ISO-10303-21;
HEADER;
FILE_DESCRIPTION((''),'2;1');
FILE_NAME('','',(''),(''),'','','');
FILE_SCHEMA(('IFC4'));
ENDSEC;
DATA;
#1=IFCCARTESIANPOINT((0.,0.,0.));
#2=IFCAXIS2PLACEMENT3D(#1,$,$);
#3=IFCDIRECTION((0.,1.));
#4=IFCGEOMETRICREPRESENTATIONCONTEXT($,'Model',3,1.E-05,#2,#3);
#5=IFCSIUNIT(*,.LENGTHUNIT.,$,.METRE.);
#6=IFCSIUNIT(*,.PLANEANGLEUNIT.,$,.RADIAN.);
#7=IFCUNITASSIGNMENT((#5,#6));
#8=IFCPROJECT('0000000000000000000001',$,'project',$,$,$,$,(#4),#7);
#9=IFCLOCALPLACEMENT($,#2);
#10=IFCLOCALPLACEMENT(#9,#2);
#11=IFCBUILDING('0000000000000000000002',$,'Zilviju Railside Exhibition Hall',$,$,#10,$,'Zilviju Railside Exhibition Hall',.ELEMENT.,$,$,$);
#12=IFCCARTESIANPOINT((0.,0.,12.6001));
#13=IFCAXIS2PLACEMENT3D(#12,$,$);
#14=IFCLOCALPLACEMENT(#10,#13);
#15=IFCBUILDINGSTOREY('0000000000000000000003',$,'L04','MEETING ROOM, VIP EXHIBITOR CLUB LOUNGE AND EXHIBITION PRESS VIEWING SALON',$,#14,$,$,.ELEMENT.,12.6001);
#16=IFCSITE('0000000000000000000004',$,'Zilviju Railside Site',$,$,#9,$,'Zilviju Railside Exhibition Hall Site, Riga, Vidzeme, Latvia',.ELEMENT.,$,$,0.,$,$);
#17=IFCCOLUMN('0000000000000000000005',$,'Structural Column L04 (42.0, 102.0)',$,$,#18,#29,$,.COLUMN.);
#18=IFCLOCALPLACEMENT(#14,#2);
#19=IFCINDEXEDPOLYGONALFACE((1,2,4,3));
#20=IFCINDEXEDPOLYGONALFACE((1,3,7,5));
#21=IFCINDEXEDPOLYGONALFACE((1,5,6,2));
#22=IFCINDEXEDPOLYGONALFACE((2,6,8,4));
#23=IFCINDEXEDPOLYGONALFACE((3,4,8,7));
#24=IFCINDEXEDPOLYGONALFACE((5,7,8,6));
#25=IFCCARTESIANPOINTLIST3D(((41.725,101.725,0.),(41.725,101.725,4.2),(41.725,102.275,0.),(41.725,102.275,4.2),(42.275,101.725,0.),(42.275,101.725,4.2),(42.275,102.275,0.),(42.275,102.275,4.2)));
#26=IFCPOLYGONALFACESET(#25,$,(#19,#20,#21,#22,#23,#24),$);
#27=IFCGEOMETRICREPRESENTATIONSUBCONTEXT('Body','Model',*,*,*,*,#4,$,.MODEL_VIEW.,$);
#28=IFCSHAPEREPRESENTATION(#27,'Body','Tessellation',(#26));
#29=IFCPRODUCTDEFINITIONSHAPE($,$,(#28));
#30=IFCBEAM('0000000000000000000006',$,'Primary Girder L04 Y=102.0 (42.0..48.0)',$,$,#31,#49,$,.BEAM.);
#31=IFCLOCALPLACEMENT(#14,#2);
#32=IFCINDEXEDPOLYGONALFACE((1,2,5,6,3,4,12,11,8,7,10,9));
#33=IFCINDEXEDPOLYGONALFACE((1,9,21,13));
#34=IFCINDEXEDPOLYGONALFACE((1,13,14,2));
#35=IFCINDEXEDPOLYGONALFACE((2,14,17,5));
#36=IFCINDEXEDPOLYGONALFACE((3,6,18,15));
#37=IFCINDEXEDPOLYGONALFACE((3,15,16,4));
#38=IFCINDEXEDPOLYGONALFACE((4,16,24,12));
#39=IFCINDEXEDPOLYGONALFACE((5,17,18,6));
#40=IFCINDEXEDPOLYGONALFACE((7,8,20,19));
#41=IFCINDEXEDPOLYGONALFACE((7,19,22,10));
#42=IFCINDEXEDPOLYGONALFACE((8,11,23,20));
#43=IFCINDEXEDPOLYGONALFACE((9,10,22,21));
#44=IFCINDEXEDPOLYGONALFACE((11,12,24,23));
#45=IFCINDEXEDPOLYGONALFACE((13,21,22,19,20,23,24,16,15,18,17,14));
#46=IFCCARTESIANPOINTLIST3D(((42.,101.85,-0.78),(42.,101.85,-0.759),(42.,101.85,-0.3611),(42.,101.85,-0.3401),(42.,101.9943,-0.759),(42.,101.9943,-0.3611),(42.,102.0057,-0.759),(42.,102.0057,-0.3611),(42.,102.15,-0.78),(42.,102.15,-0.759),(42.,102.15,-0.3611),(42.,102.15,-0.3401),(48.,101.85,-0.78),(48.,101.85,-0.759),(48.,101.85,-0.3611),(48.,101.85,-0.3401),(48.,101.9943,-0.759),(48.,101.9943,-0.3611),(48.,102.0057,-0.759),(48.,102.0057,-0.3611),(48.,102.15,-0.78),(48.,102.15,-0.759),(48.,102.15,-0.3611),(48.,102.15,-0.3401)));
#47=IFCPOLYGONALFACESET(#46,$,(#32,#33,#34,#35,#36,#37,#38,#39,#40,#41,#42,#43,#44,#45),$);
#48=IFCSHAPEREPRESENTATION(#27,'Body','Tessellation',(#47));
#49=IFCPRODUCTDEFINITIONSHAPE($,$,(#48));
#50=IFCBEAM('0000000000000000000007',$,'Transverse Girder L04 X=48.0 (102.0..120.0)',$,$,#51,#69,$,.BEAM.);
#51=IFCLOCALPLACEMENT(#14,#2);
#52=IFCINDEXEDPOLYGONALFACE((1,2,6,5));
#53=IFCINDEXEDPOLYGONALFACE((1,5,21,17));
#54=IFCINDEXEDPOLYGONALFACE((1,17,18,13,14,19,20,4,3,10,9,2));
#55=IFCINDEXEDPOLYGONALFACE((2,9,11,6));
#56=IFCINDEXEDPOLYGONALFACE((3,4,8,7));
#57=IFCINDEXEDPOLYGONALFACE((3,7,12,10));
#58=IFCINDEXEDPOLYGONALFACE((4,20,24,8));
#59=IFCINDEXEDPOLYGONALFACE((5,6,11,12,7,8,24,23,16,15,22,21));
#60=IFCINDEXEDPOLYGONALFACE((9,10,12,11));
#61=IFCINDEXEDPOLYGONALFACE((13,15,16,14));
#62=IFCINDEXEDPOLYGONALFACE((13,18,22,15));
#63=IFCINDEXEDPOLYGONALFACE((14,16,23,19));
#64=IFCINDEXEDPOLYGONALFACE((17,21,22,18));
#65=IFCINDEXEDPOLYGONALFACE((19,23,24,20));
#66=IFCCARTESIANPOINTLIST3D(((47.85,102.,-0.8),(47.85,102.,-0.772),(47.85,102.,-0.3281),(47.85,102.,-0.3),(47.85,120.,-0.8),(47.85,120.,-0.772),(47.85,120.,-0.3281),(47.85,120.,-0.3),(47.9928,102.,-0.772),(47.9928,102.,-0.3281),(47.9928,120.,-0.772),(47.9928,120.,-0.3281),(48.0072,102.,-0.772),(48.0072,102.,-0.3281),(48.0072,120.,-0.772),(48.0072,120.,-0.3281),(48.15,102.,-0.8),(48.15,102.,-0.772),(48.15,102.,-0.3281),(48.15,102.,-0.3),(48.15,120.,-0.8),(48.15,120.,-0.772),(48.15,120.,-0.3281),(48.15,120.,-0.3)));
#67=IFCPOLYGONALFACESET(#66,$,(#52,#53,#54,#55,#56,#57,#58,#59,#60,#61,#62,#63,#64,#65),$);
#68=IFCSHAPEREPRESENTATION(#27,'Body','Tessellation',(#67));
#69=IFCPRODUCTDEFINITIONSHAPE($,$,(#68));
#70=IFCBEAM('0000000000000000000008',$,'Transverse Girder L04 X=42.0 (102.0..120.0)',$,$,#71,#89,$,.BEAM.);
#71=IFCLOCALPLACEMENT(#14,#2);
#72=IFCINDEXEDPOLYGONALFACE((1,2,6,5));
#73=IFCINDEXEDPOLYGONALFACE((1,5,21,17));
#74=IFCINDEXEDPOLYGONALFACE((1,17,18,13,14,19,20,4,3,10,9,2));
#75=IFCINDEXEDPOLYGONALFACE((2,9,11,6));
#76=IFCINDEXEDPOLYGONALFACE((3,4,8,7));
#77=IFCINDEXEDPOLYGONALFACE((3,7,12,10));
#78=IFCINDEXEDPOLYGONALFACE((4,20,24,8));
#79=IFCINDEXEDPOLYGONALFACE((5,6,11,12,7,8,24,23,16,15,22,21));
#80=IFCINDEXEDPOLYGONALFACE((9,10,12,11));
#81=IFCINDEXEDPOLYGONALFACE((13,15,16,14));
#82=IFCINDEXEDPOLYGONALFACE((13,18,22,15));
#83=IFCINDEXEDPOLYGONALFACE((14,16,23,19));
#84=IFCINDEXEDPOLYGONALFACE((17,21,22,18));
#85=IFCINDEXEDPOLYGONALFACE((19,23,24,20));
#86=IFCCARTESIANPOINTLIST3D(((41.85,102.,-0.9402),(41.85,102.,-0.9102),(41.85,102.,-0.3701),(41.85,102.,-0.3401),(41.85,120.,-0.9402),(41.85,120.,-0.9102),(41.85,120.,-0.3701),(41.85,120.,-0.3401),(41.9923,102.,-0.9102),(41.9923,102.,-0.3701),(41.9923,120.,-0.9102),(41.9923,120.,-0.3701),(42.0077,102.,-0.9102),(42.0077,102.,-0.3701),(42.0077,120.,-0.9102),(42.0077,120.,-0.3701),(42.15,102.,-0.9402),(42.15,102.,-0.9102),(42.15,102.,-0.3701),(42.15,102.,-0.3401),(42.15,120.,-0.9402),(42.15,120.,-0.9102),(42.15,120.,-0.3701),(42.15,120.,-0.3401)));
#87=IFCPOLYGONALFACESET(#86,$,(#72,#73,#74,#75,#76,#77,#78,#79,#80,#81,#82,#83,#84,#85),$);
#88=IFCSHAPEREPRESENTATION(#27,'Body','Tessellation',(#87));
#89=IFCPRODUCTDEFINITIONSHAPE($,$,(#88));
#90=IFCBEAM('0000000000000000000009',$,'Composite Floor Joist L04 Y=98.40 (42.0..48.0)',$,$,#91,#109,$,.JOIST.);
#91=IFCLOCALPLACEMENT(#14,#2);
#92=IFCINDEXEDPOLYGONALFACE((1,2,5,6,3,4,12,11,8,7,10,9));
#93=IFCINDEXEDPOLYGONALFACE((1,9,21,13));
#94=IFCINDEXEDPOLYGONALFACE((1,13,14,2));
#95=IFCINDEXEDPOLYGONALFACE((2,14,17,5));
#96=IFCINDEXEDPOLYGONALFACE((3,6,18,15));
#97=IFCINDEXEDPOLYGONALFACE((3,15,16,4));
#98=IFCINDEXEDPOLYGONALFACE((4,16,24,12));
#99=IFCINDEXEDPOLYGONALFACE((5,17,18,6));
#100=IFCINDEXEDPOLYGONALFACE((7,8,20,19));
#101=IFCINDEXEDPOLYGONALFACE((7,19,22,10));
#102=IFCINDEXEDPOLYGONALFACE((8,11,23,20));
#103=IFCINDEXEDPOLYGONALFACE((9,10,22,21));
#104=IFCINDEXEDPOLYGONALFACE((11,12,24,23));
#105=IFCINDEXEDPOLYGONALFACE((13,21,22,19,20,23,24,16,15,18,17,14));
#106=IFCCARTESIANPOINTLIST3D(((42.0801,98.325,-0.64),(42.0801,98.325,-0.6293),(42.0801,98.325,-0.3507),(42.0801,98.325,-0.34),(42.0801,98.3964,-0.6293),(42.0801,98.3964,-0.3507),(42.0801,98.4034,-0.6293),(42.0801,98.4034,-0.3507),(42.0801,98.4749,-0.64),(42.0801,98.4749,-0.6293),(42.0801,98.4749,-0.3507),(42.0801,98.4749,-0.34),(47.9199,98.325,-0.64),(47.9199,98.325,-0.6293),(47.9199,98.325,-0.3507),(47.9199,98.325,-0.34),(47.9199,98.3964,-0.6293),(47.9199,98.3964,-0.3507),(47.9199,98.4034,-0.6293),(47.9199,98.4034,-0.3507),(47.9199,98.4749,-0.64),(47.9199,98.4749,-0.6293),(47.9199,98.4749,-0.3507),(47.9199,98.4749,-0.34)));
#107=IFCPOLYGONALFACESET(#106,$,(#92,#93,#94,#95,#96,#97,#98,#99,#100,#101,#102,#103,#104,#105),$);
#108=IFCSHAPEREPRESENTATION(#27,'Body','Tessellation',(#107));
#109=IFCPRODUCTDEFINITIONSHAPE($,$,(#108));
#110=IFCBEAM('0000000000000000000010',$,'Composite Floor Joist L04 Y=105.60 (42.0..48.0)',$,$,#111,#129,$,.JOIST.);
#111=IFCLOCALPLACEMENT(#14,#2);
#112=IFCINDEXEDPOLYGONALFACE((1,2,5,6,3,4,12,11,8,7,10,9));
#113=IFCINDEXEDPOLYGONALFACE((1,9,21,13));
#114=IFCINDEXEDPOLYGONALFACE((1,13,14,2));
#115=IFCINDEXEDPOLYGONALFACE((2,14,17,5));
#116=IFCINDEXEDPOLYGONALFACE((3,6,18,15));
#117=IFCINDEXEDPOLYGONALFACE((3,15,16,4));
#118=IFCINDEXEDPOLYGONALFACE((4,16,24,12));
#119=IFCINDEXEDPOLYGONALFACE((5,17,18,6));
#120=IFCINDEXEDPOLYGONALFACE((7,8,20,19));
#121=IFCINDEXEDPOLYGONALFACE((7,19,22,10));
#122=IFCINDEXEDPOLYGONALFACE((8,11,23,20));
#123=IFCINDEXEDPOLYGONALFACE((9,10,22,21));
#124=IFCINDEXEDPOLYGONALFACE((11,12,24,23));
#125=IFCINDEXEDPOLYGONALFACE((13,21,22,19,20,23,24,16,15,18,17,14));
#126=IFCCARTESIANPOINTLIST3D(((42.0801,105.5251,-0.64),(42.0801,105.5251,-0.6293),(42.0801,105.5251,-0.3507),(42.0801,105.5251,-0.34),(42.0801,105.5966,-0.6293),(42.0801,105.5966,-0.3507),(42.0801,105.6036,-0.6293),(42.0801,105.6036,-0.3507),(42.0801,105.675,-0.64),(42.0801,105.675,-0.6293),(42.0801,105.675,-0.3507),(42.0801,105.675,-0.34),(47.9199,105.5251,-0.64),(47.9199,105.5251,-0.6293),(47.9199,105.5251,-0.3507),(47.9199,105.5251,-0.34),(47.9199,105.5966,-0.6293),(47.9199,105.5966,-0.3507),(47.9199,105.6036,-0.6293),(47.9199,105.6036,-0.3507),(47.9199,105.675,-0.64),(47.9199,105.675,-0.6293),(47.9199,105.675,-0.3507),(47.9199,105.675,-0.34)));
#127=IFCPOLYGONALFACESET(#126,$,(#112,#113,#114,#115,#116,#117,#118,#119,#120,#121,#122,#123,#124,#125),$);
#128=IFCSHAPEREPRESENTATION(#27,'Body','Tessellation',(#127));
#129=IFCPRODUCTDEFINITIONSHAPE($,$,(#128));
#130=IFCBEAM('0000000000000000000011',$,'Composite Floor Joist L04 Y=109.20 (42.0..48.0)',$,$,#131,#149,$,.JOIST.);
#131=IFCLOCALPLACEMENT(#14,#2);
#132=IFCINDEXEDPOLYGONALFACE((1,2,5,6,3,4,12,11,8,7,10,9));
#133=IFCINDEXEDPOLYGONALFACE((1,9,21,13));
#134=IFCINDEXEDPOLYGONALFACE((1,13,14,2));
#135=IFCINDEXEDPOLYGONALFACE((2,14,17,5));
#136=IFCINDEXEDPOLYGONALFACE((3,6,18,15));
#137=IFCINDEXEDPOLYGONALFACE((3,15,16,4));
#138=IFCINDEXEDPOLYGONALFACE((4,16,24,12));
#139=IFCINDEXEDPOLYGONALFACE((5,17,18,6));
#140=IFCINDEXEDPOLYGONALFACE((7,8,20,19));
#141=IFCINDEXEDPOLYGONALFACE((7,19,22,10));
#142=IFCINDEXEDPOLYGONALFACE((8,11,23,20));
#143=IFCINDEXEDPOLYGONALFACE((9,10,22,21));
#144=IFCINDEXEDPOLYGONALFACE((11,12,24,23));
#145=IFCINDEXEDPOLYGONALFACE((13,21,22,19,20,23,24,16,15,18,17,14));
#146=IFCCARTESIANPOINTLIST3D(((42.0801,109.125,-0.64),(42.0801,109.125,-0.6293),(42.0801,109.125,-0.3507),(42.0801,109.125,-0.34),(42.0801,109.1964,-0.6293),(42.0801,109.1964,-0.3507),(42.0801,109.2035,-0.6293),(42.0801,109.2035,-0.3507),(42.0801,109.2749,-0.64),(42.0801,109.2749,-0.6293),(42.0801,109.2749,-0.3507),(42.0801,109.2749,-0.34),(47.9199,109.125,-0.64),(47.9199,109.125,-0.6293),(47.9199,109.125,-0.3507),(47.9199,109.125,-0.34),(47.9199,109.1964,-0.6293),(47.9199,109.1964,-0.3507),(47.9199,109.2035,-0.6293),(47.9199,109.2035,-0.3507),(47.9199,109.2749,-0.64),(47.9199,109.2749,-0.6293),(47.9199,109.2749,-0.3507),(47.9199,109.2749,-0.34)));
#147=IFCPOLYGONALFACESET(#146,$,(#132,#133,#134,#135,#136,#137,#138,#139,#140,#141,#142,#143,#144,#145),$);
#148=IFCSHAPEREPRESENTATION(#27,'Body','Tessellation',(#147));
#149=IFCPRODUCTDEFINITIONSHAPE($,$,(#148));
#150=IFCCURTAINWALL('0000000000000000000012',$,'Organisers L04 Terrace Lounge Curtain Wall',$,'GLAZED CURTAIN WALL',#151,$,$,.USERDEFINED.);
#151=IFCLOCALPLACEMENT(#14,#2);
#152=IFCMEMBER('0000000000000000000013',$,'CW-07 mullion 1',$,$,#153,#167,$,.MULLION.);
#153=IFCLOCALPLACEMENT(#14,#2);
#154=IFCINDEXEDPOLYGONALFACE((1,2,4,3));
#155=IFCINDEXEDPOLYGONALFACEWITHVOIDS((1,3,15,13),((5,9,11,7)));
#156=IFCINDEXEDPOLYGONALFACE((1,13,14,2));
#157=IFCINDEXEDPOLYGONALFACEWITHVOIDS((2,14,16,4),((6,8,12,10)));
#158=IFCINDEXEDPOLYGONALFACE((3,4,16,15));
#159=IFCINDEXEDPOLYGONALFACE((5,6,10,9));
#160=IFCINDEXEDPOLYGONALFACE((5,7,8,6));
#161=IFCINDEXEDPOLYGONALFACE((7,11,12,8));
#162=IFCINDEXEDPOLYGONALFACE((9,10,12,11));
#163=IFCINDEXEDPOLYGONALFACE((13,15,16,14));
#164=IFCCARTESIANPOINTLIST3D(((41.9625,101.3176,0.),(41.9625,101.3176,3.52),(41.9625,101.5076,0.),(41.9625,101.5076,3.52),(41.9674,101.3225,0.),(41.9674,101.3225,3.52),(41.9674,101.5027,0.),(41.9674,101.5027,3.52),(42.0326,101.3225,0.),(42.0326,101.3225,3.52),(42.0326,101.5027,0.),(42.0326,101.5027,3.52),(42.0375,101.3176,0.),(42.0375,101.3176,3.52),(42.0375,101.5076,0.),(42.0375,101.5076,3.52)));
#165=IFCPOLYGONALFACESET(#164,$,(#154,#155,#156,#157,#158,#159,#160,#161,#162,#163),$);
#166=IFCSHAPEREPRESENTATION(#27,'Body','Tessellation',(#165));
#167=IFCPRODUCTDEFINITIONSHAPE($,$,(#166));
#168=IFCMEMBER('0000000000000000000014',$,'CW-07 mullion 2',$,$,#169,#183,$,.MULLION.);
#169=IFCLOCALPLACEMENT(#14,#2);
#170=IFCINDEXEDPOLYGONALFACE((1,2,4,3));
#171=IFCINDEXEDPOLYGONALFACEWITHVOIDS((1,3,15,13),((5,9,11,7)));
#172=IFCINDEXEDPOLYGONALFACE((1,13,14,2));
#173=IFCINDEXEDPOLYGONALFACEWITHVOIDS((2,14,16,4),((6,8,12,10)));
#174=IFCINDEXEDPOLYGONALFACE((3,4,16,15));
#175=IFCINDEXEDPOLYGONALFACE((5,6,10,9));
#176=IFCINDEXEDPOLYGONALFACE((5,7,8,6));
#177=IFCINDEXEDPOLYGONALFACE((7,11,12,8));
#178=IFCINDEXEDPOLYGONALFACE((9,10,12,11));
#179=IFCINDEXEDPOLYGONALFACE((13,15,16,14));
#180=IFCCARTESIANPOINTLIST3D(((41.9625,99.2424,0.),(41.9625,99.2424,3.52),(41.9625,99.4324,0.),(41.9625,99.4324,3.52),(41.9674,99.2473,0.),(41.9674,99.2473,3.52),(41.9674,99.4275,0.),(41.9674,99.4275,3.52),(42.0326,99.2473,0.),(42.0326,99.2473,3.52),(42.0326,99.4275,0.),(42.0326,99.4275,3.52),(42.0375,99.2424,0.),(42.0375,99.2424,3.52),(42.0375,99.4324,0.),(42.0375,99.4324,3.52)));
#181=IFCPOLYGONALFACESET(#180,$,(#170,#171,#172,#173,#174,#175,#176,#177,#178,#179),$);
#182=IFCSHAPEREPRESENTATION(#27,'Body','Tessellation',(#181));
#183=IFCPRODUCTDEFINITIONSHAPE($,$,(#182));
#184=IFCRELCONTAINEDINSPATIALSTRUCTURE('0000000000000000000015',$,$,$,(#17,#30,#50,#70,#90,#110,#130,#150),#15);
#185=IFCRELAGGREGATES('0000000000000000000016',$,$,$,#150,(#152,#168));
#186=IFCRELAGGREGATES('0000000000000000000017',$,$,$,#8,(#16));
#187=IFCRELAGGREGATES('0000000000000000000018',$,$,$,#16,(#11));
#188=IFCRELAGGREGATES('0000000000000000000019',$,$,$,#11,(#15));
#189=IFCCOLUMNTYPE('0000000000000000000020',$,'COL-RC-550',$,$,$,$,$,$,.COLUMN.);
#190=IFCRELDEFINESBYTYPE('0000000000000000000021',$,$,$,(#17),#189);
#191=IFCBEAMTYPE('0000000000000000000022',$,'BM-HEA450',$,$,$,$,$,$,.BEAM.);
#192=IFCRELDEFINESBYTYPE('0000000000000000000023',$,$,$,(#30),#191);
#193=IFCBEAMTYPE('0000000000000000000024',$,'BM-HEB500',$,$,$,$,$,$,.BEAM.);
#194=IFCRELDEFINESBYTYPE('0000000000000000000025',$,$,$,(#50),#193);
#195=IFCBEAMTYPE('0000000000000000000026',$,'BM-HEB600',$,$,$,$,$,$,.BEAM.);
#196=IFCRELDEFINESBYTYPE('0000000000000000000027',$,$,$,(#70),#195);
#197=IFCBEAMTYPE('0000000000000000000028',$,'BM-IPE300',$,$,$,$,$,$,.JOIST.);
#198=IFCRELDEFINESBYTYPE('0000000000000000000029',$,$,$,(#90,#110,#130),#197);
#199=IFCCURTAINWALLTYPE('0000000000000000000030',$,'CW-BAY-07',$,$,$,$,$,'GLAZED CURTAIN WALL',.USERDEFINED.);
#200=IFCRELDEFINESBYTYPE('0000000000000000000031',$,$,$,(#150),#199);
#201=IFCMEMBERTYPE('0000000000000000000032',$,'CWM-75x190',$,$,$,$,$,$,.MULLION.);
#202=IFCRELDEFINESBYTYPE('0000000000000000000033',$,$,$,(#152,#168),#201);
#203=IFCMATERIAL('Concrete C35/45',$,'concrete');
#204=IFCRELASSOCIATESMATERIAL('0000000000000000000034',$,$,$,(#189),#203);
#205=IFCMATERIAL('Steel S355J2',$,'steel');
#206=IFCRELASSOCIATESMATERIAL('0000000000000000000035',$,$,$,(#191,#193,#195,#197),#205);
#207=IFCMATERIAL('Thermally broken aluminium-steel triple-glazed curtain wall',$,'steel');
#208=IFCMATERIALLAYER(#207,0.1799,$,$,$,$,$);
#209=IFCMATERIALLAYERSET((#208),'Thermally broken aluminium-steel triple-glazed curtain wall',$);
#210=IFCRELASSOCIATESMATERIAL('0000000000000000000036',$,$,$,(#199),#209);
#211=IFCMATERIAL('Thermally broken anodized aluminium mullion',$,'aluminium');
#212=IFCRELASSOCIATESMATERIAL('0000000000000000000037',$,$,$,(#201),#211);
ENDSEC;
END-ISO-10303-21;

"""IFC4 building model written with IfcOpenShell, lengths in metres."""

from ifc_helpers import new_model, si_unit, direction, frame, origin, origin_2d, place, context, subcontext, project, spatial, rectangle, hollow_rectangle, i_section, extrude, material, layer, layer_set, material_profile, profile_set, type_object, element, aggregate, save


model = new_model("IFC4")

# Units and contexts
model_context = context("Model", 3, precision=1e-05, world=origin(), true_north=direction((0.0, 1.0)))
body_context = subcontext(model_context, "Body", "Model", "MODEL_VIEW")
ifc_project = project(units=[si_unit("LENGTHUNIT", "METRE"), si_unit("PLANEANGLEUNIT", "RADIAN")], contexts=[model_context])

# Site, building, storey
site_placement = place(None, origin())
site = spatial("IfcSite", under=ifc_project, at=site_placement, Name="Zilviju Railside Site", LongName="Zilviju Railside Exhibition Hall Site, Riga, Vidzeme, Latvia", CompositionType="ELEMENT", RefElevation=0.0)
building_placement = place(site_placement, origin())
building = spatial("IfcBuilding", under=site, at=building_placement, Name="Zilviju Railside Exhibition Hall", LongName="Zilviju Railside Exhibition Hall", CompositionType="ELEMENT")
storey_placement = place(building_placement, frame((0.0, 0.0, 12.6001)))
storey = spatial("IfcBuildingStorey", under=building, at=storey_placement, Name="L04", Description="MEETING ROOM, VIP EXHIBITOR CLUB LOUNGE AND EXHIBITION PRESS VIEWING SALON", CompositionType="ELEMENT", Elevation=12.6001)

# Column
ifc_material_1 = material(Name="Concrete C35/45", Category="concrete")
ifc_material_profile_1 = material_profile(ifc_material_1, rectangle(XDim=0.55, YDim=0.55, at=origin_2d()), Name="RC COL 550x550")
ifc_profile_set_1 = profile_set([ifc_material_profile_1], Name="Concrete C35/45")
column_type = type_object("IfcColumnType", Name="COL-RC-550", PredefinedType="COLUMN", material=ifc_profile_set_1)
column_placement = place(storey_placement, frame((42.0, 102.0, 0.0), z_axis=(0.0, 0.0, 1.0), x_axis=(1.0, 0.0, 0.0)))
element("IfcColumn", 1, at=column_placement, inside=storey, type_object=column_type, Name="Structural Column L04 (42.0, 102.0)", PredefinedType="COLUMN", context=body_context, shape_type="SweptSolid", body=[
    extrude(rectangle(XDim=0.55, YDim=0.55, at=origin_2d()), origin(), (0.0, 0.0, 1.0), 4.2),
])

# Beams
ifc_material_2 = material(Name="Steel S355J2", Category="steel")
ifc_material_profile_2 = material_profile(ifc_material_2, i_section(OverallWidth=0.3, OverallDepth=0.4399, WebThickness=0.0115, FlangeThickness=0.021, at=origin_2d()), Name="HEA 450")
ifc_profile_set_2 = profile_set([ifc_material_profile_2], Name="Steel S355J2")
beam_type_1 = type_object("IfcBeamType", Name="BM-HEA450", PredefinedType="BEAM", material=ifc_profile_set_2)
beam_1_placement = place(storey_placement, frame((42.0, 102.0, -0.5601), z_axis=(1.0, 0.0, 0.0), x_axis=(0.0, 1.0, 0.0)))
element("IfcBeam", 2, at=beam_1_placement, inside=storey, type_object=beam_type_1, Name="Primary Girder L04 Y=102.0 (42.0..48.0)", PredefinedType="BEAM", context=body_context, shape_type="SweptSolid", body=[
    extrude(i_section(OverallWidth=0.3, OverallDepth=0.4399, WebThickness=0.0115, FlangeThickness=0.021, at=origin_2d()), origin(), (0.0, 0.0, 1.0), 6.0),
])
ifc_material_profile_3 = material_profile(ifc_material_2, i_section(OverallWidth=0.3, OverallDepth=0.5, WebThickness=0.0144, FlangeThickness=0.0281, at=origin_2d()), Name="HEB 500")
ifc_profile_set_3 = profile_set([ifc_material_profile_3], Name="Steel S355J2")
beam_type_2 = type_object("IfcBeamType", Name="BM-HEB500", PredefinedType="BEAM", material=ifc_profile_set_3)
beam_2_placement = place(storey_placement, frame((48.0, 102.0, -0.55), z_axis=(0.0, 1.0, 0.0), x_axis=(-1.0, 0.0, 0.0)))
element("IfcBeam", 3, at=beam_2_placement, inside=storey, type_object=beam_type_2, Name="Transverse Girder L04 X=48.0 (102.0..120.0)", PredefinedType="BEAM", context=body_context, shape_type="SweptSolid", body=[
    extrude(i_section(OverallWidth=0.3, OverallDepth=0.5, WebThickness=0.0144, FlangeThickness=0.0281, at=origin_2d()), origin(), (0.0, 0.0, 1.0), 18.0),
])
ifc_material_profile_4 = material_profile(ifc_material_2, i_section(OverallWidth=0.3, OverallDepth=0.6001, WebThickness=0.0154, FlangeThickness=0.03, at=origin_2d()), Name="HEB 600")
ifc_profile_set_4 = profile_set([ifc_material_profile_4], Name="Steel S355J2")
beam_type_3 = type_object("IfcBeamType", Name="BM-HEB600", PredefinedType="BEAM", material=ifc_profile_set_4)
beam_3_placement = place(storey_placement, frame((42.0, 102.0, -0.6401), z_axis=(0.0, 1.0, 0.0), x_axis=(-1.0, 0.0, 0.0)))
element("IfcBeam", 4, at=beam_3_placement, inside=storey, type_object=beam_type_3, Name="Transverse Girder L04 X=42.0 (102.0..120.0)", PredefinedType="BEAM", context=body_context, shape_type="SweptSolid", body=[
    extrude(i_section(OverallWidth=0.3, OverallDepth=0.6001, WebThickness=0.0154, FlangeThickness=0.03, at=origin_2d()), origin(), (0.0, 0.0, 1.0), 18.0),
])
ifc_material_profile_5 = material_profile(ifc_material_2, i_section(OverallWidth=0.1499, OverallDepth=0.3, WebThickness=0.0071, FlangeThickness=0.0107, at=origin_2d()), Name="IPE 300")
ifc_profile_set_5 = profile_set([ifc_material_profile_5], Name="Steel S355J2")
beam_type_4 = type_object("IfcBeamType", Name="BM-IPE300", PredefinedType="JOIST", material=ifc_profile_set_5)
for number, where, z_axis, x_axis, name in (
    (5, (42.0801, 98.3999, -0.49), (1.0, 0.0, 0.0), (0.0, 1.0, 0.0), "Composite Floor Joist L04 Y=98.40 (42.0..48.0)"),
    (6, (42.0801, 105.6001, -0.49), (1.0, 0.0, 0.0), (0.0, 1.0, 0.0), "Composite Floor Joist L04 Y=105.60 (42.0..48.0)"),
    (7, (42.0801, 109.2, -0.49), (1.0, 0.0, 0.0), (0.0, 1.0, 0.0), "Composite Floor Joist L04 Y=109.20 (42.0..48.0)"),
):
    element("IfcBeam", number, at=place(storey_placement, frame(where, z_axis=z_axis, x_axis=x_axis)), inside=storey, type_object=beam_type_4, Name=name, PredefinedType="JOIST", context=body_context, shape_type="SweptSolid", body=[
        extrude(i_section(OverallWidth=0.1499, OverallDepth=0.3, WebThickness=0.0071, FlangeThickness=0.0107, at=origin_2d()), origin(), (0.0, 0.0, 1.0), 5.8398),
    ])

# Curtain wall, members
ifc_material_3 = material(Name="Thermally broken aluminium-steel triple-glazed curtain wall", Category="steel")
ifc_layer_1 = layer(ifc_material_3, 0.1799)
ifc_layer_set_1 = layer_set([ifc_layer_1], Name="Thermally broken aluminium-steel triple-glazed curtain wall")
curtain_wall_type = type_object("IfcCurtainWallType", Name="CW-BAY-07", ElementType="GLAZED CURTAIN WALL", PredefinedType="USERDEFINED", material=ifc_layer_set_1)
curtain_wall_placement = place(storey_placement, origin())
curtain_wall = element("IfcCurtainWall", 8, at=curtain_wall_placement, inside=storey, type_object=curtain_wall_type, Name="Organisers L04 Terrace Lounge Curtain Wall", ObjectType="GLAZED CURTAIN WALL", PredefinedType="USERDEFINED")
ifc_material_4 = material(Name="Thermally broken anodized aluminium mullion", Category="aluminium")
ifc_material_profile_6 = material_profile(ifc_material_4, hollow_rectangle(XDim=0.075, YDim=0.1899, WallThickness=0.0049, at=origin_2d()), Name="MULLION 190x75x5")
ifc_profile_set_6 = profile_set([ifc_material_profile_6], Name="Thermally broken anodized aluminium mullion")
member_type_1 = type_object("IfcMemberType", Name="CWM-75x190", PredefinedType="MULLION", material=ifc_profile_set_6)
member_1_placement = place(storey_placement, frame((42.0, 101.4126, 0.0), z_axis=(0.0, 0.0, 1.0), x_axis=(1.0, 0.0, 0.0)))
member_1 = element("IfcMember", 9, at=member_1_placement, type_object=member_type_1, Name="CW-07 mullion 1", PredefinedType="MULLION", context=body_context, shape_type="SweptSolid", body=[
    extrude(hollow_rectangle(XDim=0.075, YDim=0.1899, WallThickness=0.0049, at=origin_2d()), origin(), (0.0, 0.0, 1.0), 3.52),
])
member_2_placement = place(storey_placement, frame((42.0, 99.3374, 0.0), z_axis=(0.0, 0.0, 1.0), x_axis=(1.0, 0.0, 0.0)))
member_2 = element("IfcMember", 10, at=member_2_placement, type_object=member_type_1, Name="CW-07 mullion 2", PredefinedType="MULLION", context=body_context, shape_type="SweptSolid", body=[
    extrude(hollow_rectangle(XDim=0.075, YDim=0.1899, WallThickness=0.0049, at=origin_2d()), origin(), (0.0, 0.0, 1.0), 3.52),
])
aggregate(curtain_wall, [member_1, member_2])

save(model, "model.ifc")
